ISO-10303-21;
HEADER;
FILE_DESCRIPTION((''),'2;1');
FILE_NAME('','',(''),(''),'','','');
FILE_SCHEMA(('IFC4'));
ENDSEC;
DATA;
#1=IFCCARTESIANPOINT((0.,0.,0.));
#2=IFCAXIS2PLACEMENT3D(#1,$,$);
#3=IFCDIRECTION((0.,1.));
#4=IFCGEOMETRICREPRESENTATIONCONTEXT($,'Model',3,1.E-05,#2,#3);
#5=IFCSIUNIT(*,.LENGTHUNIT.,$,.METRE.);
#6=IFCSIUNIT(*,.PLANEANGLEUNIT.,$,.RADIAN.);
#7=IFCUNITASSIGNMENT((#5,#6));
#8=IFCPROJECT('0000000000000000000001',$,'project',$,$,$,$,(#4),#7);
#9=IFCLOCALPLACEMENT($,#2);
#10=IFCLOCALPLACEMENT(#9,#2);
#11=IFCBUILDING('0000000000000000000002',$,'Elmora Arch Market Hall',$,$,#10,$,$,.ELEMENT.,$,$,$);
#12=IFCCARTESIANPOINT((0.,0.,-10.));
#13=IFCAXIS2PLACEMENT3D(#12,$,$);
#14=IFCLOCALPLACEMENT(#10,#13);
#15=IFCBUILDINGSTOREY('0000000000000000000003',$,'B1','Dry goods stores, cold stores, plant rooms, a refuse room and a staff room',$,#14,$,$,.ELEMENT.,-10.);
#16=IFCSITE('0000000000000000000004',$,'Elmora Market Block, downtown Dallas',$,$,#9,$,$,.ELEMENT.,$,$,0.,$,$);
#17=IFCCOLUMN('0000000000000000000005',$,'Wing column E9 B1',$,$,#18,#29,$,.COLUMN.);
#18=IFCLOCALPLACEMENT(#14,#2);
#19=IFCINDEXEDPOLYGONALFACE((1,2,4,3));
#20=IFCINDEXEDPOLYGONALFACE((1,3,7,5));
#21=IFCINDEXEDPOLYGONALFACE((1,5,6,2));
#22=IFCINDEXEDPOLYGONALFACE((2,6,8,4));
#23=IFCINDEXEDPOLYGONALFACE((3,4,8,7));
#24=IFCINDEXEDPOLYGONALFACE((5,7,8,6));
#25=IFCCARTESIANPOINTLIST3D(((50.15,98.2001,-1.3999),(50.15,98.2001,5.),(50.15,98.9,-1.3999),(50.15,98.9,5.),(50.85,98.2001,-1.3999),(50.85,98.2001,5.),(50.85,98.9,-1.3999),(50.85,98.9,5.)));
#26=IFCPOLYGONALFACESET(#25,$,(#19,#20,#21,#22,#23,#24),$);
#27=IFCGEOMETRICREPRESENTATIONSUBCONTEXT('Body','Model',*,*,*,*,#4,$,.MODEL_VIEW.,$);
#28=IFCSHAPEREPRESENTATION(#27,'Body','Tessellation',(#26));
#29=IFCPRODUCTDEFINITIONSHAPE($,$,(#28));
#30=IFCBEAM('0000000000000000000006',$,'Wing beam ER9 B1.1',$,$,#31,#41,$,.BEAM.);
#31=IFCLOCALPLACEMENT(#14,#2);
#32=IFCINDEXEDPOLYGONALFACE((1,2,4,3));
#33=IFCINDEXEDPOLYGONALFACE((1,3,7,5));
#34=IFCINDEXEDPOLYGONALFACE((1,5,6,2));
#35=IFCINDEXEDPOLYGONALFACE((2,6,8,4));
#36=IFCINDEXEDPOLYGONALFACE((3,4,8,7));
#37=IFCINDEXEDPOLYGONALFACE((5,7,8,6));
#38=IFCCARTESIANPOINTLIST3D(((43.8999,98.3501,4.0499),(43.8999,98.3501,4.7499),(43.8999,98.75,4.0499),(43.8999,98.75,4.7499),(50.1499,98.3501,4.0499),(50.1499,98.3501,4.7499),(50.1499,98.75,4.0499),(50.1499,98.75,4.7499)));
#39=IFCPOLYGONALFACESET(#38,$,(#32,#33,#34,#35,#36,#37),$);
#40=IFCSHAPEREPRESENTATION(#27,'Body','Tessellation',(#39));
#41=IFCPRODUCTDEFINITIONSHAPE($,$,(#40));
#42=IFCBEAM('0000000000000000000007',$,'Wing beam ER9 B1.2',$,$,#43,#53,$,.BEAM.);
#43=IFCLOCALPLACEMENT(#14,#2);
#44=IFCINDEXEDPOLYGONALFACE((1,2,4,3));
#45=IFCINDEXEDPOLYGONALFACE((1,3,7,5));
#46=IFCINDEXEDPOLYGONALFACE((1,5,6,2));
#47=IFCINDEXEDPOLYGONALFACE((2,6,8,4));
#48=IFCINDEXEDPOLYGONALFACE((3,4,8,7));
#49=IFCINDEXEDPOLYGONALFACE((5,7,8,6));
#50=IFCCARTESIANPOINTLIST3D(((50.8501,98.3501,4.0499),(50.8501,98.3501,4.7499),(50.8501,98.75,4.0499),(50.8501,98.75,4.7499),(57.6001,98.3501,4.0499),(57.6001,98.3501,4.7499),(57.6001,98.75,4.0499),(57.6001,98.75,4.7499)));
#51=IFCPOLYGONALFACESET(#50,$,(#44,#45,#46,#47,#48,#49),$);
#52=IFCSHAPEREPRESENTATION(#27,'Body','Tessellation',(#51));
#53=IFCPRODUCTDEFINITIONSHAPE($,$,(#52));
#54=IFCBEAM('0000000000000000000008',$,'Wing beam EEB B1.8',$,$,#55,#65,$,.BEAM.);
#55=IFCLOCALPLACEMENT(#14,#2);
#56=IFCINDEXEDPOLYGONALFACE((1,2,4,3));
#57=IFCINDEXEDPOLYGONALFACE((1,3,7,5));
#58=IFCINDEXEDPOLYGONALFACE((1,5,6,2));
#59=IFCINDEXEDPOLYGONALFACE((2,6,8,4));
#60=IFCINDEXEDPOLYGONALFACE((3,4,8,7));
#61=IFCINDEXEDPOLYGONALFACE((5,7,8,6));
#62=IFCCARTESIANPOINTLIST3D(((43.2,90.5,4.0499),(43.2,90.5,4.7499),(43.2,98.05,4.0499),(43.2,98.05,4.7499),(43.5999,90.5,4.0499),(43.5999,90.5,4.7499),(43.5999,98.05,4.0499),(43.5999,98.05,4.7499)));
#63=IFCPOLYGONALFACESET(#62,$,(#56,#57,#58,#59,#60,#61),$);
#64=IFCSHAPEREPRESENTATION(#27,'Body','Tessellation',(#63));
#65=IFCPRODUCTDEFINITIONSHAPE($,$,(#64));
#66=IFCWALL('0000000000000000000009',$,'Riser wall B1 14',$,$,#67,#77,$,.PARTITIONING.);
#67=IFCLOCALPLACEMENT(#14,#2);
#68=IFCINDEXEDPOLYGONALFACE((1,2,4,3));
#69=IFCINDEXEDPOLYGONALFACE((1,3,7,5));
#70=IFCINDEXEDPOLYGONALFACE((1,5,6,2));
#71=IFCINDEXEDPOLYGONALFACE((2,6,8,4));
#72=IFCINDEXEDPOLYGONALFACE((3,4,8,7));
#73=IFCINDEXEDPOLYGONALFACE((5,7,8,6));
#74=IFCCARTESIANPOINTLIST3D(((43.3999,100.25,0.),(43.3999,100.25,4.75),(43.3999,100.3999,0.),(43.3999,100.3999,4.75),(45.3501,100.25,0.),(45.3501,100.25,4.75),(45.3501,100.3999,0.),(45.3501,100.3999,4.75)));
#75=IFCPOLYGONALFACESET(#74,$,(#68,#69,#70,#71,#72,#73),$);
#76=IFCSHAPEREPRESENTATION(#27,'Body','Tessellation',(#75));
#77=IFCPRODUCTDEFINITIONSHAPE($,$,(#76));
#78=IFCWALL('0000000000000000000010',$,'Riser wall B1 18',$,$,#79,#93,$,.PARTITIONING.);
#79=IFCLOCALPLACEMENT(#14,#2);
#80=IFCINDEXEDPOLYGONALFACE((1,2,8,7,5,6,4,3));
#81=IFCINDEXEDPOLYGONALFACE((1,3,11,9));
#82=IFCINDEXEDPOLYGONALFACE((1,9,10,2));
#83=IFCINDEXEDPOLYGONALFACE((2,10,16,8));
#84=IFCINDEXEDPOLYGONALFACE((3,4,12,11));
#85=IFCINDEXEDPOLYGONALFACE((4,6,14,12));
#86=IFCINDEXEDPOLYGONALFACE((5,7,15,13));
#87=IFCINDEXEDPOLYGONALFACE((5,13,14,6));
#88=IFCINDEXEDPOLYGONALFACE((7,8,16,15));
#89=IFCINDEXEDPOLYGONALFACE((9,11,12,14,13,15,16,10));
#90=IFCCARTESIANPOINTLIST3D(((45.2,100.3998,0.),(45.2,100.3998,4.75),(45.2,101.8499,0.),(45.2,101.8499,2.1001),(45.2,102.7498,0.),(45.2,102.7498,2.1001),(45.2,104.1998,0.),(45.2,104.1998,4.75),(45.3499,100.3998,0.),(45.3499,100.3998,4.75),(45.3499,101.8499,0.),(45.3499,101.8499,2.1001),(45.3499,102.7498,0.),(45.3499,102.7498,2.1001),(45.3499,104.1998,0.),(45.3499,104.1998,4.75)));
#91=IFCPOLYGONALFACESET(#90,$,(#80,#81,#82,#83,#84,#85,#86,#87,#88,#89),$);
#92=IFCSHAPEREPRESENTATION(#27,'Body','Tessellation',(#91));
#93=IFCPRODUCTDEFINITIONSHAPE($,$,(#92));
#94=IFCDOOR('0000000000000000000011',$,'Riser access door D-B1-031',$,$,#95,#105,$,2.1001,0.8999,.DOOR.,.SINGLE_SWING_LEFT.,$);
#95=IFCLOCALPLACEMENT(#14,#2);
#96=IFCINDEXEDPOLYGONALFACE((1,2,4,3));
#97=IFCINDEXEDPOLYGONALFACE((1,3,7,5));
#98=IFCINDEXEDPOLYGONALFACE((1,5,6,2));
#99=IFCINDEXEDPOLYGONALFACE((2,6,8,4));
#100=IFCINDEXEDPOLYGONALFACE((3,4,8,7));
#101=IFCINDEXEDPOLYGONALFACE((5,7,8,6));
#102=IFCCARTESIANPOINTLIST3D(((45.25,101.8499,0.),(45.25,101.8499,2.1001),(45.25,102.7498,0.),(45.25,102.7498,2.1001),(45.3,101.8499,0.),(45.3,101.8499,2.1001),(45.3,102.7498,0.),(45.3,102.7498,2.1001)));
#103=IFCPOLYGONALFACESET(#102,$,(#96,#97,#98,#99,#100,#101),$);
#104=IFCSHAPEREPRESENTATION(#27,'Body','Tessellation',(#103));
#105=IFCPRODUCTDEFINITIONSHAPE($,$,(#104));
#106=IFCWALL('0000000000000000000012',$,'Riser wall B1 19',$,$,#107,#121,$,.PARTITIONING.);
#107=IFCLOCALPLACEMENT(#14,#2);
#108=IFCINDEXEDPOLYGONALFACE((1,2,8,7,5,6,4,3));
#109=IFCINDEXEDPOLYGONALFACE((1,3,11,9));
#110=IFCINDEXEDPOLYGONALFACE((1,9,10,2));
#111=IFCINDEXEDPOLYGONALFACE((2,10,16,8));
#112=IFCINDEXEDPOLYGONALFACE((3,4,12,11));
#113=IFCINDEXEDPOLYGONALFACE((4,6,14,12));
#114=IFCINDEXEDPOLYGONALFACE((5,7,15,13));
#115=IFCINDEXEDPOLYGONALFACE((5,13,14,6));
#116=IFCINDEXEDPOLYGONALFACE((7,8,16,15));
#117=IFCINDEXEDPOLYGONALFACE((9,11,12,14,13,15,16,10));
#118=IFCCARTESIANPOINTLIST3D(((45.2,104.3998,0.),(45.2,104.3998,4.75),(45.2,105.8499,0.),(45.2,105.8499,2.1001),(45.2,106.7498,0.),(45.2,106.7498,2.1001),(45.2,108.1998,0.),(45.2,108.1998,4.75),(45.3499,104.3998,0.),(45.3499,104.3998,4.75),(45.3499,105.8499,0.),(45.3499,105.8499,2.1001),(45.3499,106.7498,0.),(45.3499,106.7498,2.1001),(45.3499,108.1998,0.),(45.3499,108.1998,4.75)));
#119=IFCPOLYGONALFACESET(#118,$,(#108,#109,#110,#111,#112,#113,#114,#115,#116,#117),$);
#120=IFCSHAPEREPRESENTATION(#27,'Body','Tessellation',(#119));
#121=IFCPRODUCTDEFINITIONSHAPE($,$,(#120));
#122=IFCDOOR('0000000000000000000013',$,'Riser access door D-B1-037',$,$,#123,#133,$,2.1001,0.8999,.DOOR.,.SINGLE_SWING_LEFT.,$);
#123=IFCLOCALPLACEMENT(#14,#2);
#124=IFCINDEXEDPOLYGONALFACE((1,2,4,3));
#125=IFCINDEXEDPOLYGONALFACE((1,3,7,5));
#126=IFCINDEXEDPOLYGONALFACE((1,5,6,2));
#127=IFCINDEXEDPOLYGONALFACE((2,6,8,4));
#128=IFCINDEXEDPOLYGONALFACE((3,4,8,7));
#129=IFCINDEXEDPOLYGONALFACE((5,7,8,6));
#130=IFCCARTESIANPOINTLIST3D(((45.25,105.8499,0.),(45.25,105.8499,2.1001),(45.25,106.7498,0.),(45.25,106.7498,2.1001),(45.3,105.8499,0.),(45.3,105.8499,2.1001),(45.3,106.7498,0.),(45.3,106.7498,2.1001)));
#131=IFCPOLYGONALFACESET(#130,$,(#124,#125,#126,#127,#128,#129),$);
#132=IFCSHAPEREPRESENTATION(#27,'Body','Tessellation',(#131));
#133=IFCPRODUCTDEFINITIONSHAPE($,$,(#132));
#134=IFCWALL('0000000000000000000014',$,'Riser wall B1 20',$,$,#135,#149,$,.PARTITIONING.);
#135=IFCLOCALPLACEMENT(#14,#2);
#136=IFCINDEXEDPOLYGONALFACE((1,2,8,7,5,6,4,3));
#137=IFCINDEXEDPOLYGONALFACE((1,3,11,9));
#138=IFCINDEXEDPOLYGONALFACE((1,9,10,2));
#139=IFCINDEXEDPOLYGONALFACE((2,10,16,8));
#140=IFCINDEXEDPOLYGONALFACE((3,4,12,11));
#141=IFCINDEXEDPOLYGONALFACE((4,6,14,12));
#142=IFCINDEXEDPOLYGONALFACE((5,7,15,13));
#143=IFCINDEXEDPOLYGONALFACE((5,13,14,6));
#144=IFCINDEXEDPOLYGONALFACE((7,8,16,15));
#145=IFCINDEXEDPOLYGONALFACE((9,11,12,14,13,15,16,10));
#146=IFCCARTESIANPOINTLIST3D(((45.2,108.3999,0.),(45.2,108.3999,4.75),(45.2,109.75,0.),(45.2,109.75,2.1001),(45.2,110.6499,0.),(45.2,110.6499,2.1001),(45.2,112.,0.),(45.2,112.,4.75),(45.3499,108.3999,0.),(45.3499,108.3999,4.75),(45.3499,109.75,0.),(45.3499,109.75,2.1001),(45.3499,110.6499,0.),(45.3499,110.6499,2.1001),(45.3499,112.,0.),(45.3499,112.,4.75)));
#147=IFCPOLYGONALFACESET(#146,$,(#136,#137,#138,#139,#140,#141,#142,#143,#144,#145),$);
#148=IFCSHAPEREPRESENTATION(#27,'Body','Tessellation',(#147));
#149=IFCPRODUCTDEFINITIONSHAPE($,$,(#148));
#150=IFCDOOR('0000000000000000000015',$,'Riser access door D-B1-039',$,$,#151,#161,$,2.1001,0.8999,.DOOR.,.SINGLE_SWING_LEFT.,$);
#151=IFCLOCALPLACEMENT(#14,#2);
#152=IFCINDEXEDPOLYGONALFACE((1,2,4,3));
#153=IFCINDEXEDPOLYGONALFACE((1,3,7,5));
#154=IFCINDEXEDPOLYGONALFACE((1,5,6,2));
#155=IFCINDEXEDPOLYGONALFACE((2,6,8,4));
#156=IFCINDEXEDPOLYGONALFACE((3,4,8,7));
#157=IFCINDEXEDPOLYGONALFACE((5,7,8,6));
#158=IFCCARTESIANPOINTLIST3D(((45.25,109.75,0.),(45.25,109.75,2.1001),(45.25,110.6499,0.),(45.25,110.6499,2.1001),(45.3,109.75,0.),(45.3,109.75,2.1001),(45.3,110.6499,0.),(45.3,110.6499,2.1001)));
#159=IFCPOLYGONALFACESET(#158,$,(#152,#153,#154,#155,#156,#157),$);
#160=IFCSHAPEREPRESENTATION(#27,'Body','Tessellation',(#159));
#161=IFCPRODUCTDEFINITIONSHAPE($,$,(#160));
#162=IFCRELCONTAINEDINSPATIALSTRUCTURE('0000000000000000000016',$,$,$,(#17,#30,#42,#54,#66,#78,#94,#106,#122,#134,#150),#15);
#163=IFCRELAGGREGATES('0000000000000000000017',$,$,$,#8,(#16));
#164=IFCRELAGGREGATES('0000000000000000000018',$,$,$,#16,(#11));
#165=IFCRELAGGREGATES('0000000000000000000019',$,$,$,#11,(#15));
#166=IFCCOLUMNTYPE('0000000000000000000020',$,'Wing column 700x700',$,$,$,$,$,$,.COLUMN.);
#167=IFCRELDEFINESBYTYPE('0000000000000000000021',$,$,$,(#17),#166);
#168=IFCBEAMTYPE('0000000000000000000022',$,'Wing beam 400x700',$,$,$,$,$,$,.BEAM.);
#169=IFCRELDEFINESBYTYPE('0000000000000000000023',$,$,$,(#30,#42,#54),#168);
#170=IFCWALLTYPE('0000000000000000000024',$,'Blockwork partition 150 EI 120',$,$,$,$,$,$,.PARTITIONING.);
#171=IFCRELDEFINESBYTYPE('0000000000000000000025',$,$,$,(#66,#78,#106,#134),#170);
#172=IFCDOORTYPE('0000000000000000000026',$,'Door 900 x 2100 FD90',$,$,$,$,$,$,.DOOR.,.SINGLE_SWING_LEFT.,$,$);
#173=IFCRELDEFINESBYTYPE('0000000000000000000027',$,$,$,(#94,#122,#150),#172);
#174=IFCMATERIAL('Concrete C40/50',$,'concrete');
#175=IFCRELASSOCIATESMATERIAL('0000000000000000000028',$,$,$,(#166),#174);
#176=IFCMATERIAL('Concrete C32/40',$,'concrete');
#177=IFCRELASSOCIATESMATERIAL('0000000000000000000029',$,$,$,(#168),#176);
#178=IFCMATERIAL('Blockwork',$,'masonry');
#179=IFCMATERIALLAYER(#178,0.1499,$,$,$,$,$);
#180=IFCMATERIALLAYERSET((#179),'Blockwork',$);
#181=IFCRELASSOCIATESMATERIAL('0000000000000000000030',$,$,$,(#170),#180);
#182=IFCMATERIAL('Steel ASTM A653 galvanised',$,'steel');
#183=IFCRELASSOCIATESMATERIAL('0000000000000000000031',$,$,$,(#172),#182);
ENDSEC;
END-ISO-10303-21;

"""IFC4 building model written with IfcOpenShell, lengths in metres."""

from ifc_helpers import new_model, si_unit, direction, frame, frame_2d, origin, origin_2d, place, context, subcontext, project, spatial, rectangle, extrude, material, layer, layer_set, material_profile, profile_set, type_object, element, fill, save


model = new_model("IFC4")

# Units and contexts
model_context = context("Model", 3, precision=1e-05, world=origin(), true_north=direction((0.0, 1.0)))
body_context = subcontext(model_context, "Body", "Model", "MODEL_VIEW")
ifc_project = project(units=[si_unit("LENGTHUNIT", "METRE"), si_unit("PLANEANGLEUNIT", "RADIAN")], contexts=[model_context])

# Site, building, storey
site_placement = place(None, origin())
site = spatial("IfcSite", under=ifc_project, at=site_placement, Name="Elmora Market Block, downtown Dallas", CompositionType="ELEMENT", RefElevation=0.0)
building_placement = place(site_placement, origin())
building = spatial("IfcBuilding", under=site, at=building_placement, Name="Elmora Arch Market Hall", CompositionType="ELEMENT")
storey_placement = place(building_placement, frame((0.0, 0.0, -10.0)))
storey = spatial("IfcBuildingStorey", under=building, at=storey_placement, Name="B1", Description="Dry goods stores, cold stores, plant rooms, a refuse room and a staff room", CompositionType="ELEMENT", Elevation=-10.0)

# Column
ifc_material_1 = material(Name="Concrete C40/50", Category="concrete")
ifc_material_profile_1 = material_profile(ifc_material_1, rectangle(XDim=0.7, YDim=0.7, at=origin_2d()), Name="Wing column 700x700")
ifc_profile_set_1 = profile_set([ifc_material_profile_1], Name="Concrete C40/50")
column_type_1 = type_object("IfcColumnType", Name="Wing column 700x700", PredefinedType="COLUMN", material=ifc_profile_set_1)
column_placement = place(storey_placement, frame((50.5, 98.55, -1.3999), z_axis=(0.0, 0.0, 1.0), x_axis=(1.0, 0.0, 0.0)))
element("IfcColumn", 1, at=column_placement, inside=storey, type_object=column_type_1, Name="Wing column E9 B1", PredefinedType="COLUMN", context=body_context, shape_type="SweptSolid", body=[
    extrude(rectangle(XDim=0.7, YDim=0.7, at=origin_2d()), origin(), (0.0, 0.0, 1.0), 6.3999),
])

# Beams
ifc_material_2 = material(Name="Concrete C32/40", Category="concrete")
ifc_material_profile_2 = material_profile(ifc_material_2, rectangle(XDim=0.3999, YDim=0.7, at=origin_2d()), Name="Wing beam 400x700")
ifc_profile_set_2 = profile_set([ifc_material_profile_2], Name="Concrete C32/40")
beam_type = type_object("IfcBeamType", Name="Wing beam 400x700", PredefinedType="BEAM", material=ifc_profile_set_2)
beam_1_placement = place(storey_placement, frame((43.8999, 98.55, 4.3999), z_axis=(1.0, 0.0, 0.0), x_axis=(0.0, 1.0, 0.0)))
element("IfcBeam", 2, at=beam_1_placement, inside=storey, type_object=beam_type, Name="Wing beam ER9 B1.1", PredefinedType="BEAM", context=body_context, shape_type="SweptSolid", body=[
    extrude(rectangle(XDim=0.3999, YDim=0.7, at=origin_2d()), origin(), (0.0, 0.0, 1.0), 6.25),
])
beam_2_placement = place(storey_placement, frame((50.8501, 98.55, 4.3999), z_axis=(1.0, 0.0, 0.0), x_axis=(0.0, 1.0, 0.0)))
element("IfcBeam", 3, at=beam_2_placement, inside=storey, type_object=beam_type, Name="Wing beam ER9 B1.2", PredefinedType="BEAM", context=body_context, shape_type="SweptSolid", body=[
    extrude(rectangle(XDim=0.3999, YDim=0.7, at=origin_2d()), origin(), (0.0, 0.0, 1.0), 6.75),
])
beam_3_placement = place(storey_placement, frame((43.3999, 90.5, 4.3999), z_axis=(0.0, 1.0, 0.0), x_axis=(-1.0, 0.0, 0.0)))
element("IfcBeam", 4, at=beam_3_placement, inside=storey, type_object=beam_type, Name="Wing beam EEB B1.8", PredefinedType="BEAM", context=body_context, shape_type="SweptSolid", body=[
    extrude(rectangle(XDim=0.3999, YDim=0.7, at=origin_2d()), origin(), (0.0, 0.0, 1.0), 7.55),
])

# Wall
ifc_material_3 = material(Name="Blockwork", Category="masonry")
ifc_layer_1 = layer(ifc_material_3, 0.1499)
ifc_layer_set_1 = layer_set([ifc_layer_1], Name="Blockwork")
wall_type_1 = type_object("IfcWallType", Name="Blockwork partition 150 EI 120", PredefinedType="PARTITIONING", material=ifc_layer_set_1)
wall_1_placement = place(storey_placement, frame((43.3999, 100.325, 0.0), z_axis=(0.0, 0.0, 1.0), x_axis=(1.0, 0.0, 0.0)))
element("IfcWall", 5, at=wall_1_placement, inside=storey, type_object=wall_type_1, Name="Riser wall B1 14", PredefinedType="PARTITIONING", context=body_context, shape_type="SweptSolid", body=[
    extrude(rectangle(XDim=1.9502, YDim=0.1499, at=frame_2d((0.9751, 0.0))), origin(), (0.0, 0.0, 1.0), 4.75),
])

# Walls, openings, doors
wall_2_placement = place(storey_placement, frame((45.2749, 100.3999, 0.0), z_axis=(0.0, 0.0, 1.0), x_axis=(0.0, 1.0, 0.0)))
wall_2 = element("IfcWall", 6, at=wall_2_placement, inside=storey, type_object=wall_type_1, Name="Riser wall B1 18", PredefinedType="PARTITIONING", context=body_context, shape_type="SweptSolid", body=[
    extrude(rectangle(XDim=3.8, YDim=0.1499, at=frame_2d((1.8999, 0.0))), origin(), (0.0, 0.0, 1.0), 4.75),
])
opening_1_placement = place(wall_2_placement, frame((1.45, 0.0, 0.0)))
opening_1 = element("IfcOpeningElement", 7, at=opening_1_placement, cuts=wall_2, PredefinedType="OPENING", context=body_context, shape_type="SweptSolid", body=[
    extrude(rectangle(XDim=0.8999, YDim=2.1001, at=frame_2d((0.45, 1.05))), frame((0.0, 0.085, 0.0), z_axis=(0.0, -1.0, 0.0), x_axis=(1.0, 0.0, 0.0)), (0.0, 0.0, 1.0), 0.1699),
])
ifc_material_4 = material(Name="Steel ASTM A653 galvanised", Category="steel")
door_type_1 = type_object("IfcDoorType", Name="Door 900 x 2100 FD90", OperationType="SINGLE_SWING_LEFT", PredefinedType="DOOR", material=ifc_material_4)
door_1_placement = place(opening_1_placement, origin())
door_1 = element("IfcDoor", 8, at=door_1_placement, inside=storey, type_object=door_type_1, Name="Riser access door D-B1-031", OperationType="SINGLE_SWING_LEFT", OverallHeight=2.1001, OverallWidth=0.8999, PredefinedType="DOOR", context=body_context, shape_type="SweptSolid", body=[
    extrude(rectangle(XDim=0.8999, YDim=2.1001, at=frame_2d((0.45, 1.05))), frame((0.0, 0.0249, 0.0), z_axis=(0.0, -1.0, 0.0), x_axis=(1.0, 0.0, 0.0)), (0.0, 0.0, 1.0), 0.05),
])
fill(opening_1, door_1)
wall_3_placement = place(storey_placement, frame((45.2749, 104.3999, 0.0), z_axis=(0.0, 0.0, 1.0), x_axis=(0.0, 1.0, 0.0)))
wall_3 = element("IfcWall", 9, at=wall_3_placement, inside=storey, type_object=wall_type_1, Name="Riser wall B1 19", PredefinedType="PARTITIONING", context=body_context, shape_type="SweptSolid", body=[
    extrude(rectangle(XDim=3.8, YDim=0.1499, at=frame_2d((1.8999, 0.0))), origin(), (0.0, 0.0, 1.0), 4.75),
])
opening_2_placement = place(wall_3_placement, frame((1.45, 0.0, 0.0)))
opening_2 = element("IfcOpeningElement", 10, at=opening_2_placement, cuts=wall_3, PredefinedType="OPENING", context=body_context, shape_type="SweptSolid", body=[
    extrude(rectangle(XDim=0.8999, YDim=2.1001, at=frame_2d((0.45, 1.05))), frame((0.0, 0.085, 0.0), z_axis=(0.0, -1.0, 0.0), x_axis=(1.0, 0.0, 0.0)), (0.0, 0.0, 1.0), 0.1699),
])
door_2_placement = place(opening_2_placement, origin())
door_2 = element("IfcDoor", 11, at=door_2_placement, inside=storey, type_object=door_type_1, Name="Riser access door D-B1-037", OperationType="SINGLE_SWING_LEFT", OverallHeight=2.1001, OverallWidth=0.8999, PredefinedType="DOOR", context=body_context, shape_type="SweptSolid", body=[
    extrude(rectangle(XDim=0.8999, YDim=2.1001, at=frame_2d((0.45, 1.05))), frame((0.0, 0.0249, 0.0), z_axis=(0.0, -1.0, 0.0), x_axis=(1.0, 0.0, 0.0)), (0.0, 0.0, 1.0), 0.05),
])
fill(opening_2, door_2)
wall_4_placement = place(storey_placement, frame((45.2749, 108.3999, 0.0), z_axis=(0.0, 0.0, 1.0), x_axis=(0.0, 1.0, 0.0)))
wall_4 = element("IfcWall", 12, at=wall_4_placement, inside=storey, type_object=wall_type_1, Name="Riser wall B1 20", PredefinedType="PARTITIONING", context=body_context, shape_type="SweptSolid", body=[
    extrude(rectangle(XDim=3.6001, YDim=0.1499, at=frame_2d((1.8, 0.0))), origin(), (0.0, 0.0, 1.0), 4.75),
])
opening_3_placement = place(wall_4_placement, frame((1.3501, 0.0, 0.0)))
opening_3 = element("IfcOpeningElement", 13, at=opening_3_placement, cuts=wall_4, PredefinedType="OPENING", context=body_context, shape_type="SweptSolid", body=[
    extrude(rectangle(XDim=0.8999, YDim=2.1001, at=frame_2d((0.45, 1.05))), frame((0.0, 0.085, 0.0), z_axis=(0.0, -1.0, 0.0), x_axis=(1.0, 0.0, 0.0)), (0.0, 0.0, 1.0), 0.1699),
])
door_3_placement = place(opening_3_placement, origin())
door_3 = element("IfcDoor", 14, at=door_3_placement, inside=storey, type_object=door_type_1, Name="Riser access door D-B1-039", OperationType="SINGLE_SWING_LEFT", OverallHeight=2.1001, OverallWidth=0.8999, PredefinedType="DOOR", context=body_context, shape_type="SweptSolid", body=[
    extrude(rectangle(XDim=0.8999, YDim=2.1001, at=frame_2d((0.45, 1.05))), frame((0.0, 0.0249, 0.0), z_axis=(0.0, -1.0, 0.0), x_axis=(1.0, 0.0, 0.0)), (0.0, 0.0, 1.0), 0.05),
])
fill(opening_3, door_3)

save(model, "model.ifc")
